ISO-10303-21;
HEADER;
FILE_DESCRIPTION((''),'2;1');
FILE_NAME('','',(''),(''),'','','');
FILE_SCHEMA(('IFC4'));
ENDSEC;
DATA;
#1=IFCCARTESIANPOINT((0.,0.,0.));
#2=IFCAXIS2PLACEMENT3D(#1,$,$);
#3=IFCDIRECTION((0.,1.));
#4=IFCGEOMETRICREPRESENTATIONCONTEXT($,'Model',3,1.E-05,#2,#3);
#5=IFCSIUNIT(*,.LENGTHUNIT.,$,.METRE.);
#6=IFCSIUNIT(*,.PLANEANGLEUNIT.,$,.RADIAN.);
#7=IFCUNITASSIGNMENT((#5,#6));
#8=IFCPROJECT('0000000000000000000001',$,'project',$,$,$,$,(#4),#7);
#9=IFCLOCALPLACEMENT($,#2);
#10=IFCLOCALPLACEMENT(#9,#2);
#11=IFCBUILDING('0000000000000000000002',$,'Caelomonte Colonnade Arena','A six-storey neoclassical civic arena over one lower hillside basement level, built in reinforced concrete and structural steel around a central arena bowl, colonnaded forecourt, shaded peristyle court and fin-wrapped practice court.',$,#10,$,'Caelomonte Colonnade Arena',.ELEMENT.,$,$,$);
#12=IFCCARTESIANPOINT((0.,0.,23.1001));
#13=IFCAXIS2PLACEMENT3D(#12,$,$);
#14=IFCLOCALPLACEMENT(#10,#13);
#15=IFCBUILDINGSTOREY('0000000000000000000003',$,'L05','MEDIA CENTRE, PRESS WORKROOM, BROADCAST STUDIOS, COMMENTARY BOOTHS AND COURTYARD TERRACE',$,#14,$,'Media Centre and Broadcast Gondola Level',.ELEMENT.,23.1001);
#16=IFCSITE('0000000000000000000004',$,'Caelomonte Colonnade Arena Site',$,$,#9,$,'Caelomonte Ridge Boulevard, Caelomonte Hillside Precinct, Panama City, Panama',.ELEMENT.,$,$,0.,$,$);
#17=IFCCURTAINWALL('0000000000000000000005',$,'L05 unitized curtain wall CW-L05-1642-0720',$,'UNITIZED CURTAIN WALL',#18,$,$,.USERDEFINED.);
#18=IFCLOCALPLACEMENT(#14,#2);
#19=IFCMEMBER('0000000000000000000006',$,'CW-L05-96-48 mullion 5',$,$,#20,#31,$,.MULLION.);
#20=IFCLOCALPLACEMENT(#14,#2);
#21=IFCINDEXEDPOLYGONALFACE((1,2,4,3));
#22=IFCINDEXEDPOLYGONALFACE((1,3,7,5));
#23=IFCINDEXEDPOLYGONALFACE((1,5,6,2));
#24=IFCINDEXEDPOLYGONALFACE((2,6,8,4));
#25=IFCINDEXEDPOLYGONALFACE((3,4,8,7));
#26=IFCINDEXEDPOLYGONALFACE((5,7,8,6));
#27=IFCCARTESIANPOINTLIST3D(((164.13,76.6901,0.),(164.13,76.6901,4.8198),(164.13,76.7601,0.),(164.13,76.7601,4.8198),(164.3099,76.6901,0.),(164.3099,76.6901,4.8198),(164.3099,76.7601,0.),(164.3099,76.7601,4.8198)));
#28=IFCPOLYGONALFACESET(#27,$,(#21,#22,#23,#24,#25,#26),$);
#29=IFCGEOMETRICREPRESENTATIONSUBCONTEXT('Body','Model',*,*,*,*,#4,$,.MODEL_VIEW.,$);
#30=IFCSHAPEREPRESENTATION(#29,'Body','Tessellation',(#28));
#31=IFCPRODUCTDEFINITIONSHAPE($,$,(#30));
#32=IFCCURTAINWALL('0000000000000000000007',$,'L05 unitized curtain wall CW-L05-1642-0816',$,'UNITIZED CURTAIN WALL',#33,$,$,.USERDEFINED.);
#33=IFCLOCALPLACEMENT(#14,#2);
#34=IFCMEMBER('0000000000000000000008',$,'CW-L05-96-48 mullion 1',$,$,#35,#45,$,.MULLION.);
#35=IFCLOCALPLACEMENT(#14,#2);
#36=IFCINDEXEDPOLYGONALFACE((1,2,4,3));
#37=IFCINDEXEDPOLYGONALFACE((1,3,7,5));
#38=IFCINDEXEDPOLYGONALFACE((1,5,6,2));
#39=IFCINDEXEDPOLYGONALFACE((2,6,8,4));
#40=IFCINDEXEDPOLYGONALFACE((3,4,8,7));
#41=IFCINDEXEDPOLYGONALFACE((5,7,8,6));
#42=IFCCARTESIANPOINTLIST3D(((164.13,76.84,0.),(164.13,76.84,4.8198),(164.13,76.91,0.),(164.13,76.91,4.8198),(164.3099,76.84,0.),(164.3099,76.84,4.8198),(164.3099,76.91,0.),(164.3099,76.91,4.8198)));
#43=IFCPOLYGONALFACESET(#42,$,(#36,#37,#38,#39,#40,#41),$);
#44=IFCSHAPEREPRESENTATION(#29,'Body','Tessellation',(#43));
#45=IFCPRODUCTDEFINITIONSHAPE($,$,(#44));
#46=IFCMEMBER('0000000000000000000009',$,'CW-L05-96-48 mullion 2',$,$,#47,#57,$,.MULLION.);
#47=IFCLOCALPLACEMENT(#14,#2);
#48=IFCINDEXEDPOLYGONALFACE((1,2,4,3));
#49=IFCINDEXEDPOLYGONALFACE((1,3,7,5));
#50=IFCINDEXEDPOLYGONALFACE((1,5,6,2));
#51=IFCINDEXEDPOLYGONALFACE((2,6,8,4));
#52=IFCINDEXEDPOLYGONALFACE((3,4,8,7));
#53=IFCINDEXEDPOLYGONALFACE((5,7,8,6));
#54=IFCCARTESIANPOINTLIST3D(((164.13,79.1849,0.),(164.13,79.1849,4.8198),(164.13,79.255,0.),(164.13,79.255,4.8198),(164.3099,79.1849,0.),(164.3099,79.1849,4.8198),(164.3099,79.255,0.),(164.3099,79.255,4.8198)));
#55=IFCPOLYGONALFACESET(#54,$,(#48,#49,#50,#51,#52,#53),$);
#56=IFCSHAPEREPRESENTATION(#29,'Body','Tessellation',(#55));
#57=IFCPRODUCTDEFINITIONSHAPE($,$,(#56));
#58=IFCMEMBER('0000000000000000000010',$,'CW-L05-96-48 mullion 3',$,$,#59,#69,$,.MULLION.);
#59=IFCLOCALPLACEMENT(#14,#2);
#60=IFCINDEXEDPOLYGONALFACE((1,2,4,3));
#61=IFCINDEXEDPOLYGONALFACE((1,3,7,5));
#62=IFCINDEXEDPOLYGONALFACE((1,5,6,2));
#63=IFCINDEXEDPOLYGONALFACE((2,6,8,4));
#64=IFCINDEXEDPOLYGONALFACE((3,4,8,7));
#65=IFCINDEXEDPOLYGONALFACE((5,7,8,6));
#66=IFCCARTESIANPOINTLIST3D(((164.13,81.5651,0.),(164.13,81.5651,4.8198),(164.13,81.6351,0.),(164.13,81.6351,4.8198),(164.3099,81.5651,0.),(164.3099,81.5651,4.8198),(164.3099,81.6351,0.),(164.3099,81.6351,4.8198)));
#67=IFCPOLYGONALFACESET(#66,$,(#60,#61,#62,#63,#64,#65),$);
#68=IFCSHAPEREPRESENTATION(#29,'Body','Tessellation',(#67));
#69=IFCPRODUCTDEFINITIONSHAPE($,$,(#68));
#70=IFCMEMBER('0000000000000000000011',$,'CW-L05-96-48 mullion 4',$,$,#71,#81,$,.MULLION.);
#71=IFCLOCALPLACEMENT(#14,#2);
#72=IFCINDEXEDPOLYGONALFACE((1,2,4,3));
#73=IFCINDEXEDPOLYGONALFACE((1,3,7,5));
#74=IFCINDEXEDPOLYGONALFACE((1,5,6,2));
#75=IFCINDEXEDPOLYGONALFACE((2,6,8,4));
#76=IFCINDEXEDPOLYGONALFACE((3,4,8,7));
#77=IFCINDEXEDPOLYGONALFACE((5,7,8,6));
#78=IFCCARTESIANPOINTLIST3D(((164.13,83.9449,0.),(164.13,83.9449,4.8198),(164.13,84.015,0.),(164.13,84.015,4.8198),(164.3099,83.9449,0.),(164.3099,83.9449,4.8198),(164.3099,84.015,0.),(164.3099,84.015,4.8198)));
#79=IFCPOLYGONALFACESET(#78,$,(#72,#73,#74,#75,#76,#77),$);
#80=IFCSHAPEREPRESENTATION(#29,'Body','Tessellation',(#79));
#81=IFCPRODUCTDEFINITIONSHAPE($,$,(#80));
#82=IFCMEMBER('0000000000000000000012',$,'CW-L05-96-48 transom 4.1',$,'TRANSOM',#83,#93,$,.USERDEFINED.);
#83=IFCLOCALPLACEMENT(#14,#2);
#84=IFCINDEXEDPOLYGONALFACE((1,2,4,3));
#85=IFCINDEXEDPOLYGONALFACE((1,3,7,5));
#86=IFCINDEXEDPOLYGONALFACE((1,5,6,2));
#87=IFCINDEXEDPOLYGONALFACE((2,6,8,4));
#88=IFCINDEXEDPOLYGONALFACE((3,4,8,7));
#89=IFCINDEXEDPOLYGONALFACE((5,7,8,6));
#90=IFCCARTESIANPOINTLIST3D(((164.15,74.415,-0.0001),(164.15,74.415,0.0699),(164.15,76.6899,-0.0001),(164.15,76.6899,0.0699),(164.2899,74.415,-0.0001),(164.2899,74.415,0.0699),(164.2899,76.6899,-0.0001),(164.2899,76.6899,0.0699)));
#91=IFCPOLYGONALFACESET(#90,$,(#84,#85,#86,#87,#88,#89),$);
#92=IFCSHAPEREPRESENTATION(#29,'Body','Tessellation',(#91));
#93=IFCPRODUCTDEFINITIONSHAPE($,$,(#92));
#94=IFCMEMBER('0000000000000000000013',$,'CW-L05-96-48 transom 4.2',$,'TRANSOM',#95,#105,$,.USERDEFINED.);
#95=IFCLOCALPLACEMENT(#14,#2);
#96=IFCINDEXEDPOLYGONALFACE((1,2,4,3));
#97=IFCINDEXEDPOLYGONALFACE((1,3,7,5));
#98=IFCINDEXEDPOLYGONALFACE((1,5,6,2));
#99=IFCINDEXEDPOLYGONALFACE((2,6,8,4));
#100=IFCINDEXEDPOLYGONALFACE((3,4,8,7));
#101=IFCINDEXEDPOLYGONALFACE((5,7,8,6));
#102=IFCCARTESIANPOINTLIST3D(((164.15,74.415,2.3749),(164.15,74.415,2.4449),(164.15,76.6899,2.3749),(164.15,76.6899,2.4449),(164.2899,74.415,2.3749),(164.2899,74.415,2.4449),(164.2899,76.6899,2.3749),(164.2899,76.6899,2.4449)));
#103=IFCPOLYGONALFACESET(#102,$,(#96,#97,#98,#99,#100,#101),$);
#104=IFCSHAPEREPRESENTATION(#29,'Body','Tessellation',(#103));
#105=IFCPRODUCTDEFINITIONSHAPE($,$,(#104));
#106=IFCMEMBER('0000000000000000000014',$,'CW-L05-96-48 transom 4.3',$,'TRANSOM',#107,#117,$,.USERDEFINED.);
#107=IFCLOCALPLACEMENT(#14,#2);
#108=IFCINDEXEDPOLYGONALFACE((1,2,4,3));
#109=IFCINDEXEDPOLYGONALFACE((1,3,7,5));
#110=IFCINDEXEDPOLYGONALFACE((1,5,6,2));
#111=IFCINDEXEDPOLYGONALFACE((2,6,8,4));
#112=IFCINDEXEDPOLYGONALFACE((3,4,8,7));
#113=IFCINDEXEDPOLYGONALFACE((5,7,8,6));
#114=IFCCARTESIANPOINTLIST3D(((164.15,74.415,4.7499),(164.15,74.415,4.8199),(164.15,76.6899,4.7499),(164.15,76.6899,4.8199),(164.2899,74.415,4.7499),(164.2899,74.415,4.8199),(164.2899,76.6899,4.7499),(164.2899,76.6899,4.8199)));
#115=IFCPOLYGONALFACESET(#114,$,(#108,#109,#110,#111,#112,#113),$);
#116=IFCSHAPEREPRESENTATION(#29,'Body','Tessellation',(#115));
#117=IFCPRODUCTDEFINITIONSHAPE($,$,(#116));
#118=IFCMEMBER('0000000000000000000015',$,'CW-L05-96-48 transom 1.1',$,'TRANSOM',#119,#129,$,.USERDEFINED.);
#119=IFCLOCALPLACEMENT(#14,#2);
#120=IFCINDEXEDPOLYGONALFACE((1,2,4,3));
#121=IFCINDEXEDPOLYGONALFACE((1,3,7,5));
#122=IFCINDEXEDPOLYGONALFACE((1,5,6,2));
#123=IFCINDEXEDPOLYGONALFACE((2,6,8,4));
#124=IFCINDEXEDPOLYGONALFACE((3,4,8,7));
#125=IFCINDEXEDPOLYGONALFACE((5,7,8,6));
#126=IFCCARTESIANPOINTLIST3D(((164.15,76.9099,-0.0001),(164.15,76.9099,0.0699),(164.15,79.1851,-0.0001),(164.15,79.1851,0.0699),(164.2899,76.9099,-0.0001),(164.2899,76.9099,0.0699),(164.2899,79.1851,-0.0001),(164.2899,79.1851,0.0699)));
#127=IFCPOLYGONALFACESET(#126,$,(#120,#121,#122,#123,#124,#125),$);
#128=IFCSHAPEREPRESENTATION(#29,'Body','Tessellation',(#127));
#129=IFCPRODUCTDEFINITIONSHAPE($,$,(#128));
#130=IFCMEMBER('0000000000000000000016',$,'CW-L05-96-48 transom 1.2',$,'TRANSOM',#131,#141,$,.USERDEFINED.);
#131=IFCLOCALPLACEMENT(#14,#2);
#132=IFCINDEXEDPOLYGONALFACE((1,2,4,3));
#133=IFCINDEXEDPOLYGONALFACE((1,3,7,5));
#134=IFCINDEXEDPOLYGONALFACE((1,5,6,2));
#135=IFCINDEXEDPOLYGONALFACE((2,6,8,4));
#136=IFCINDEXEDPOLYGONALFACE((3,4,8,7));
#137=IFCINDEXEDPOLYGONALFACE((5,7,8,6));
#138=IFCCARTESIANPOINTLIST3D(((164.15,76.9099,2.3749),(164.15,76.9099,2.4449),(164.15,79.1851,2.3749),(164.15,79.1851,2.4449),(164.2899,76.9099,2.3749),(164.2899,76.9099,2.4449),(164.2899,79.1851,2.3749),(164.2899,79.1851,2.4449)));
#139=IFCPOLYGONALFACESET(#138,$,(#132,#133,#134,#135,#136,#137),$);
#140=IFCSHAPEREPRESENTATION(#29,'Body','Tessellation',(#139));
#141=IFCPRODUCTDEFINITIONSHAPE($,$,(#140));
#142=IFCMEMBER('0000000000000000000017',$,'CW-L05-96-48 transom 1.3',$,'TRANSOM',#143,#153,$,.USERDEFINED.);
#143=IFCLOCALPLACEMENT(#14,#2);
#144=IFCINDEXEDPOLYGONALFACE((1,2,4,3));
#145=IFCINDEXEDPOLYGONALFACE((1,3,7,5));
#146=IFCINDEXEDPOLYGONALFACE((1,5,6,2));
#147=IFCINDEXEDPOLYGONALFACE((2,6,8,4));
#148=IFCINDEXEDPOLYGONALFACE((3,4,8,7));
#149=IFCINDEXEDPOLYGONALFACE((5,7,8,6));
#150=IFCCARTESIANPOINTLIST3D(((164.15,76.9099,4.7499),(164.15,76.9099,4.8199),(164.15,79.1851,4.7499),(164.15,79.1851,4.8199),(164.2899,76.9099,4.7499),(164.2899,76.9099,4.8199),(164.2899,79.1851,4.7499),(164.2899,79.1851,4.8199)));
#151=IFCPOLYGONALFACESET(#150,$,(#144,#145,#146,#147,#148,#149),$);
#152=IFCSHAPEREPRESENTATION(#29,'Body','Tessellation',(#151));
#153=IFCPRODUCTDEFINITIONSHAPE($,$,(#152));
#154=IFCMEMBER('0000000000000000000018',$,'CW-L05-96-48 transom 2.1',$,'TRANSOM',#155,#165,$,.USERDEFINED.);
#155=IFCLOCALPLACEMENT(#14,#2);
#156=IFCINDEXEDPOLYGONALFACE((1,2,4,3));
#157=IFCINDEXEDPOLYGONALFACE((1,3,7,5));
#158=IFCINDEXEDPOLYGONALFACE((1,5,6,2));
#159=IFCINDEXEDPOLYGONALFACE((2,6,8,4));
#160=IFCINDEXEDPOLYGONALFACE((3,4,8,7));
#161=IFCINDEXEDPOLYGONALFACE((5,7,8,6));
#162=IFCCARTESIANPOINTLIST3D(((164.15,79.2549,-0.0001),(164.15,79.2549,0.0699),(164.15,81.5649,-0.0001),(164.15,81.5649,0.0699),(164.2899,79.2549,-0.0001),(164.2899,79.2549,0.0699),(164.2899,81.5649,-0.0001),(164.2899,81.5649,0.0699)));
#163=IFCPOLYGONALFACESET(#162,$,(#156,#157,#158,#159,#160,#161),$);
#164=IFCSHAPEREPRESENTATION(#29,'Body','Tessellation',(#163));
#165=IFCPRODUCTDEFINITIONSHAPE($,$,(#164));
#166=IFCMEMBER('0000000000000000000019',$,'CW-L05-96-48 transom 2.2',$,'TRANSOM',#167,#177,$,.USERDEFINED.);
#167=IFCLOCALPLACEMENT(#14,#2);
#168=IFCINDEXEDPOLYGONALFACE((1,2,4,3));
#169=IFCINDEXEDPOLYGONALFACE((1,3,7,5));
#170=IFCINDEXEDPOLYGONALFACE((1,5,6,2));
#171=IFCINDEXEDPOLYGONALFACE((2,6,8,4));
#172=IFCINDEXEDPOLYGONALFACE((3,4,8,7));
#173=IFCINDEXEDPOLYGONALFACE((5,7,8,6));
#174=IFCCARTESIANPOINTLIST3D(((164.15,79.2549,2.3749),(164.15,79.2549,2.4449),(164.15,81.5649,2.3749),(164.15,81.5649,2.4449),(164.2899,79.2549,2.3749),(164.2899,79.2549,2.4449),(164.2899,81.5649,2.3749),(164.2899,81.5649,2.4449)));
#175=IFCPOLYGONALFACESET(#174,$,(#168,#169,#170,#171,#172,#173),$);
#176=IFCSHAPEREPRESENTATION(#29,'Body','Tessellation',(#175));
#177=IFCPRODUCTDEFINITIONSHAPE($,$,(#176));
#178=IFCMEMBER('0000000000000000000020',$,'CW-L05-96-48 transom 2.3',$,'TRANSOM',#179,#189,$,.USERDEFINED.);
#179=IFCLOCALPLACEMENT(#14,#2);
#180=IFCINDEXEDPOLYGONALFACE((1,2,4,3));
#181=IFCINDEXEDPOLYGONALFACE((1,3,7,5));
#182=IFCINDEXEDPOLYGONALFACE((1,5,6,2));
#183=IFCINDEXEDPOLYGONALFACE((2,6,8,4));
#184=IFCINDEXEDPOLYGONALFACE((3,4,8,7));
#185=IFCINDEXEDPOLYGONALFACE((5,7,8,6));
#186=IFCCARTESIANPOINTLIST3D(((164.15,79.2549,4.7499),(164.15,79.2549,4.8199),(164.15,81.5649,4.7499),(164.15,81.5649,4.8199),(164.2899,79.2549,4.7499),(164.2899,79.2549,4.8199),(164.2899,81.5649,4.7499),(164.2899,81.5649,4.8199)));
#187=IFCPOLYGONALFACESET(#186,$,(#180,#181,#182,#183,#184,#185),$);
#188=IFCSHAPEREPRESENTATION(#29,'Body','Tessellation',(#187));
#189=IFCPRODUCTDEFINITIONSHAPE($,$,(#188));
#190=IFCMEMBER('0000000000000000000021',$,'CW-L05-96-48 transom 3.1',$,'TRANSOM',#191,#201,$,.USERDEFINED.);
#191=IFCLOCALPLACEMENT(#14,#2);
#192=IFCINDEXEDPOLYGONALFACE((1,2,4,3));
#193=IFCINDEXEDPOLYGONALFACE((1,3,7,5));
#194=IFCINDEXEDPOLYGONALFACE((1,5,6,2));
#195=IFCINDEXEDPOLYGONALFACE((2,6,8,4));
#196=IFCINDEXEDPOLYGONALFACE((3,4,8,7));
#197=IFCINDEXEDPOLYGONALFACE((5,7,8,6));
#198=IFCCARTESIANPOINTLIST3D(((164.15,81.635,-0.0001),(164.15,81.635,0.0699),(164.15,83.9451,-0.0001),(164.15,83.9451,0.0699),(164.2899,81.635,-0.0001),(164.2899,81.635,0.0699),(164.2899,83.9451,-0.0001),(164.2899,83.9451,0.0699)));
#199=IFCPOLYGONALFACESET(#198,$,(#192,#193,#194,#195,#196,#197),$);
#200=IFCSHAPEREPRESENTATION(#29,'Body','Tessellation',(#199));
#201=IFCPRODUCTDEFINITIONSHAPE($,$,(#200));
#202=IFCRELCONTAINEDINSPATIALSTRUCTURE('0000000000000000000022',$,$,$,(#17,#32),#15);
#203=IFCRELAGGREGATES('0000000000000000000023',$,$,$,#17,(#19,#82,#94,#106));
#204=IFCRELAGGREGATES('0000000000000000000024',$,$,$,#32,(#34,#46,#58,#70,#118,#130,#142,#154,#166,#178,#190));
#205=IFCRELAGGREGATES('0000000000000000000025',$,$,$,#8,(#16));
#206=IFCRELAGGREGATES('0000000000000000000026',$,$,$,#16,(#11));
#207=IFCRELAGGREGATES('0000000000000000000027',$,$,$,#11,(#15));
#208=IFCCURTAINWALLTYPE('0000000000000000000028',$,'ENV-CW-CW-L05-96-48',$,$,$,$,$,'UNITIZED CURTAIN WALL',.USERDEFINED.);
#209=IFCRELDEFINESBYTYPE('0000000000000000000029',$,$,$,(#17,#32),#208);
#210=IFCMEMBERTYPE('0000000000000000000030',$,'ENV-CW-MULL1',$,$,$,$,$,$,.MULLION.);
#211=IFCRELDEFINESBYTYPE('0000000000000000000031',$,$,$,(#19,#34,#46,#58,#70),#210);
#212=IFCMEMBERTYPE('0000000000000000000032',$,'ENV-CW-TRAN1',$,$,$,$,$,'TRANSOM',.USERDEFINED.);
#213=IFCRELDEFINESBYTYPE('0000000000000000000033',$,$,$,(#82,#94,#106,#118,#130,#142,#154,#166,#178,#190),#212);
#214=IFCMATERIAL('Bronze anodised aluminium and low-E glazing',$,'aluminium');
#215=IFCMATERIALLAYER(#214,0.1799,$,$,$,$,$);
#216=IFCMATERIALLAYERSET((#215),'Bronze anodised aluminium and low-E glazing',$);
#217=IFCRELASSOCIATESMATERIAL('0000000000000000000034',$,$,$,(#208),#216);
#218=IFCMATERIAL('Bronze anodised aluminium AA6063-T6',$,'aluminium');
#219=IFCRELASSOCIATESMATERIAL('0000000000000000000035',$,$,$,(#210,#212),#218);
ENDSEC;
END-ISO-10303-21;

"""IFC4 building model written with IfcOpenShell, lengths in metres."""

from ifc_helpers import new_model, si_unit, direction, frame, origin, origin_2d, place, context, subcontext, project, spatial, rectangle, extrude, material, layer, layer_set, material_profile, profile_set, type_object, element, aggregate, save


model = new_model("IFC4")

# Units and contexts
model_context = context("Model", 3, precision=1e-05, world=origin(), true_north=direction((0.0, 1.0)))
body_context = subcontext(model_context, "Body", "Model", "MODEL_VIEW")
ifc_project = project(units=[si_unit("LENGTHUNIT", "METRE"), si_unit("PLANEANGLEUNIT", "RADIAN")], contexts=[model_context])

# Site, building, storey
site_placement = place(None, origin())
site = spatial("IfcSite", under=ifc_project, at=site_placement, Name="Caelomonte Colonnade Arena Site", LongName="Caelomonte Ridge Boulevard, Caelomonte Hillside Precinct, Panama City, Panama", CompositionType="ELEMENT", RefElevation=0.0)
building_placement = place(site_placement, origin())
building = spatial("IfcBuilding", under=site, at=building_placement, Name="Caelomonte Colonnade Arena", Description="A six-storey neoclassical civic arena over one lower hillside basement level, built in reinforced concrete and structural steel around a central arena bowl, colonnaded forecourt, shaded peristyle court and fin-wrapped practice court.", LongName="Caelomonte Colonnade Arena", CompositionType="ELEMENT")
storey_placement = place(building_placement, frame((0.0, 0.0, 23.1001)))
storey = spatial("IfcBuildingStorey", under=building, at=storey_placement, Name="L05", Description="MEDIA CENTRE, PRESS WORKROOM, BROADCAST STUDIOS, COMMENTARY BOOTHS AND COURTYARD TERRACE", LongName="Media Centre and Broadcast Gondola Level", CompositionType="ELEMENT", Elevation=23.1001)

# Curtain wall, member
ifc_material_1 = material(Name="Bronze anodised aluminium and low-E glazing", Category="aluminium")
ifc_layer_1 = layer(ifc_material_1, 0.1799)
ifc_layer_set_1 = layer_set([ifc_layer_1], Name="Bronze anodised aluminium and low-E glazing")
curtain_wall_type = type_object("IfcCurtainWallType", Name="ENV-CW-CW-L05-96-48", ElementType="UNITIZED CURTAIN WALL", PredefinedType="USERDEFINED", material=ifc_layer_set_1)
curtain_wall_1_placement = place(storey_placement, origin())
curtain_wall_1 = element("IfcCurtainWall", 1, at=curtain_wall_1_placement, inside=storey, type_object=curtain_wall_type, Name="L05 unitized curtain wall CW-L05-1642-0720", ObjectType="UNITIZED CURTAIN WALL", PredefinedType="USERDEFINED")
ifc_material_2 = material(Name="Bronze anodised aluminium AA6063-T6", Category="aluminium")
ifc_material_profile_1 = material_profile(ifc_material_2, rectangle(XDim=0.0701, YDim=0.1799, at=origin_2d()), Name="CWM-70X180")
ifc_profile_set_1 = profile_set([ifc_material_profile_1], Name="Bronze anodised aluminium AA6063-T6")
member_type_1 = type_object("IfcMemberType", Name="ENV-CW-MULL1", PredefinedType="MULLION", material=ifc_profile_set_1)
member_1_placement = place(storey_placement, frame((164.22, 76.7251, 0.0), z_axis=(0.0, 0.0, 1.0), x_axis=(0.0, 1.0, 0.0)))
member_1 = element("IfcMember", 2, at=member_1_placement, type_object=member_type_1, Name="CW-L05-96-48 mullion 5", PredefinedType="MULLION", context=body_context, shape_type="SweptSolid", body=[
    extrude(rectangle(XDim=0.0701, YDim=0.1799, at=origin_2d()), origin(), (0.0, 0.0, 1.0), 4.8198),
])

# Curtain wall, members
curtain_wall_2_placement = place(storey_placement, origin())
curtain_wall_2 = element("IfcCurtainWall", 3, at=curtain_wall_2_placement, inside=storey, type_object=curtain_wall_type, Name="L05 unitized curtain wall CW-L05-1642-0816", ObjectType="UNITIZED CURTAIN WALL", PredefinedType="USERDEFINED")
member_2_placement = place(storey_placement, frame((164.22, 76.875, 0.0), z_axis=(0.0, 0.0, 1.0), x_axis=(0.0, 1.0, 0.0)))
member_2 = element("IfcMember", 4, at=member_2_placement, type_object=member_type_1, Name="CW-L05-96-48 mullion 1", PredefinedType="MULLION", context=body_context, shape_type="SweptSolid", body=[
    extrude(rectangle(XDim=0.0701, YDim=0.1799, at=origin_2d()), origin(), (0.0, 0.0, 1.0), 4.8198),
])
member_3_placement = place(storey_placement, frame((164.22, 79.22, 0.0), z_axis=(0.0, 0.0, 1.0), x_axis=(0.0, 1.0, 0.0)))
member_3 = element("IfcMember", 5, at=member_3_placement, type_object=member_type_1, Name="CW-L05-96-48 mullion 2", PredefinedType="MULLION", context=body_context, shape_type="SweptSolid", body=[
    extrude(rectangle(XDim=0.0701, YDim=0.1799, at=origin_2d()), origin(), (0.0, 0.0, 1.0), 4.8198),
])
member_4_placement = place(storey_placement, frame((164.22, 81.6001, 0.0), z_axis=(0.0, 0.0, 1.0), x_axis=(0.0, 1.0, 0.0)))
member_4 = element("IfcMember", 6, at=member_4_placement, type_object=member_type_1, Name="CW-L05-96-48 mullion 3", PredefinedType="MULLION", context=body_context, shape_type="SweptSolid", body=[
    extrude(rectangle(XDim=0.0701, YDim=0.1799, at=origin_2d()), origin(), (0.0, 0.0, 1.0), 4.8198),
])
member_5_placement = place(storey_placement, frame((164.22, 83.98, 0.0), z_axis=(0.0, 0.0, 1.0), x_axis=(0.0, 1.0, 0.0)))
member_5 = element("IfcMember", 7, at=member_5_placement, type_object=member_type_1, Name="CW-L05-96-48 mullion 4", PredefinedType="MULLION", context=body_context, shape_type="SweptSolid", body=[
    extrude(rectangle(XDim=0.0701, YDim=0.1799, at=origin_2d()), origin(), (0.0, 0.0, 1.0), 4.8198),
])

# Members
ifc_material_profile_2 = material_profile(ifc_material_2, rectangle(XDim=0.0701, YDim=0.1399, at=origin_2d()), Name="CWT-70X140")
ifc_profile_set_2 = profile_set([ifc_material_profile_2], Name="Bronze anodised aluminium AA6063-T6")
member_type_2 = type_object("IfcMemberType", Name="ENV-CW-TRAN1", ElementType="TRANSOM", PredefinedType="USERDEFINED", material=ifc_profile_set_2)
member_6_placement = place(storey_placement, frame((164.22, 74.415, 0.0349), z_axis=(0.0, 1.0, 0.0), x_axis=(0.0, 0.0, 1.0)))
member_6 = element("IfcMember", 8, at=member_6_placement, type_object=member_type_2, Name="CW-L05-96-48 transom 4.1", ObjectType="TRANSOM", PredefinedType="USERDEFINED", context=body_context, shape_type="SweptSolid", body=[
    extrude(rectangle(XDim=0.0701, YDim=0.1399, at=origin_2d()), origin(), (0.0, 0.0, 1.0), 2.2749),
])
member_7_placement = place(storey_placement, frame((164.22, 74.415, 2.4099), z_axis=(0.0, 1.0, 0.0), x_axis=(0.0, 0.0, 1.0)))
member_7 = element("IfcMember", 9, at=member_7_placement, type_object=member_type_2, Name="CW-L05-96-48 transom 4.2", ObjectType="TRANSOM", PredefinedType="USERDEFINED", context=body_context, shape_type="SweptSolid", body=[
    extrude(rectangle(XDim=0.0701, YDim=0.1399, at=origin_2d()), origin(), (0.0, 0.0, 1.0), 2.2749),
])
member_8_placement = place(storey_placement, frame((164.22, 74.415, 4.7849), z_axis=(0.0, 1.0, 0.0), x_axis=(0.0, 0.0, 1.0)))
member_8 = element("IfcMember", 10, at=member_8_placement, type_object=member_type_2, Name="CW-L05-96-48 transom 4.3", ObjectType="TRANSOM", PredefinedType="USERDEFINED", context=body_context, shape_type="SweptSolid", body=[
    extrude(rectangle(XDim=0.0701, YDim=0.1399, at=origin_2d()), origin(), (0.0, 0.0, 1.0), 2.2749),
])
member_9_placement = place(storey_placement, frame((164.22, 76.9099, 0.0349), z_axis=(0.0, 1.0, 0.0), x_axis=(0.0, 0.0, 1.0)))
member_9 = element("IfcMember", 11, at=member_9_placement, type_object=member_type_2, Name="CW-L05-96-48 transom 1.1", ObjectType="TRANSOM", PredefinedType="USERDEFINED", context=body_context, shape_type="SweptSolid", body=[
    extrude(rectangle(XDim=0.0701, YDim=0.1399, at=origin_2d()), origin(), (0.0, 0.0, 1.0), 2.2751),
])
member_10_placement = place(storey_placement, frame((164.22, 76.9099, 2.4099), z_axis=(0.0, 1.0, 0.0), x_axis=(0.0, 0.0, 1.0)))
member_10 = element("IfcMember", 12, at=member_10_placement, type_object=member_type_2, Name="CW-L05-96-48 transom 1.2", ObjectType="TRANSOM", PredefinedType="USERDEFINED", context=body_context, shape_type="SweptSolid", body=[
    extrude(rectangle(XDim=0.0701, YDim=0.1399, at=origin_2d()), origin(), (0.0, 0.0, 1.0), 2.2751),
])
member_11_placement = place(storey_placement, frame((164.22, 76.9099, 4.7849), z_axis=(0.0, 1.0, 0.0), x_axis=(0.0, 0.0, 1.0)))
member_11 = element("IfcMember", 13, at=member_11_placement, type_object=member_type_2, Name="CW-L05-96-48 transom 1.3", ObjectType="TRANSOM", PredefinedType="USERDEFINED", context=body_context, shape_type="SweptSolid", body=[
    extrude(rectangle(XDim=0.0701, YDim=0.1399, at=origin_2d()), origin(), (0.0, 0.0, 1.0), 2.2751),
])
member_12_placement = place(storey_placement, frame((164.22, 79.2549, 0.0349), z_axis=(0.0, 1.0, 0.0), x_axis=(0.0, 0.0, 1.0)))
member_12 = element("IfcMember", 14, at=member_12_placement, type_object=member_type_2, Name="CW-L05-96-48 transom 2.1", ObjectType="TRANSOM", PredefinedType="USERDEFINED", context=body_context, shape_type="SweptSolid", body=[
    extrude(rectangle(XDim=0.0701, YDim=0.1399, at=origin_2d()), origin(), (0.0, 0.0, 1.0), 2.3101),
])
member_13_placement = place(storey_placement, frame((164.22, 79.2549, 2.4099), z_axis=(0.0, 1.0, 0.0), x_axis=(0.0, 0.0, 1.0)))
member_13 = element("IfcMember", 15, at=member_13_placement, type_object=member_type_2, Name="CW-L05-96-48 transom 2.2", ObjectType="TRANSOM", PredefinedType="USERDEFINED", context=body_context, shape_type="SweptSolid", body=[
    extrude(rectangle(XDim=0.0701, YDim=0.1399, at=origin_2d()), origin(), (0.0, 0.0, 1.0), 2.3101),
])
member_14_placement = place(storey_placement, frame((164.22, 79.2549, 4.7849), z_axis=(0.0, 1.0, 0.0), x_axis=(0.0, 0.0, 1.0)))
member_14 = element("IfcMember", 16, at=member_14_placement, type_object=member_type_2, Name="CW-L05-96-48 transom 2.3", ObjectType="TRANSOM", PredefinedType="USERDEFINED", context=body_context, shape_type="SweptSolid", body=[
    extrude(rectangle(XDim=0.0701, YDim=0.1399, at=origin_2d()), origin(), (0.0, 0.0, 1.0), 2.3101),
])
member_15_placement = place(storey_placement, frame((164.22, 81.635, 0.0349), z_axis=(0.0, 1.0, 0.0), x_axis=(0.0, 0.0, 1.0)))
member_15 = element("IfcMember", 17, at=member_15_placement, type_object=member_type_2, Name="CW-L05-96-48 transom 3.1", ObjectType="TRANSOM", PredefinedType="USERDEFINED", context=body_context, shape_type="SweptSolid", body=[
    extrude(rectangle(XDim=0.0701, YDim=0.1399, at=origin_2d()), origin(), (0.0, 0.0, 1.0), 2.3101),
])

aggregate(curtain_wall_1, [member_1, member_6, member_7, member_8])
aggregate(curtain_wall_2, [member_2, member_3, member_4, member_5, member_9, member_10, member_11, member_12, member_13, member_14, member_15])

save(model, "model.ifc")
